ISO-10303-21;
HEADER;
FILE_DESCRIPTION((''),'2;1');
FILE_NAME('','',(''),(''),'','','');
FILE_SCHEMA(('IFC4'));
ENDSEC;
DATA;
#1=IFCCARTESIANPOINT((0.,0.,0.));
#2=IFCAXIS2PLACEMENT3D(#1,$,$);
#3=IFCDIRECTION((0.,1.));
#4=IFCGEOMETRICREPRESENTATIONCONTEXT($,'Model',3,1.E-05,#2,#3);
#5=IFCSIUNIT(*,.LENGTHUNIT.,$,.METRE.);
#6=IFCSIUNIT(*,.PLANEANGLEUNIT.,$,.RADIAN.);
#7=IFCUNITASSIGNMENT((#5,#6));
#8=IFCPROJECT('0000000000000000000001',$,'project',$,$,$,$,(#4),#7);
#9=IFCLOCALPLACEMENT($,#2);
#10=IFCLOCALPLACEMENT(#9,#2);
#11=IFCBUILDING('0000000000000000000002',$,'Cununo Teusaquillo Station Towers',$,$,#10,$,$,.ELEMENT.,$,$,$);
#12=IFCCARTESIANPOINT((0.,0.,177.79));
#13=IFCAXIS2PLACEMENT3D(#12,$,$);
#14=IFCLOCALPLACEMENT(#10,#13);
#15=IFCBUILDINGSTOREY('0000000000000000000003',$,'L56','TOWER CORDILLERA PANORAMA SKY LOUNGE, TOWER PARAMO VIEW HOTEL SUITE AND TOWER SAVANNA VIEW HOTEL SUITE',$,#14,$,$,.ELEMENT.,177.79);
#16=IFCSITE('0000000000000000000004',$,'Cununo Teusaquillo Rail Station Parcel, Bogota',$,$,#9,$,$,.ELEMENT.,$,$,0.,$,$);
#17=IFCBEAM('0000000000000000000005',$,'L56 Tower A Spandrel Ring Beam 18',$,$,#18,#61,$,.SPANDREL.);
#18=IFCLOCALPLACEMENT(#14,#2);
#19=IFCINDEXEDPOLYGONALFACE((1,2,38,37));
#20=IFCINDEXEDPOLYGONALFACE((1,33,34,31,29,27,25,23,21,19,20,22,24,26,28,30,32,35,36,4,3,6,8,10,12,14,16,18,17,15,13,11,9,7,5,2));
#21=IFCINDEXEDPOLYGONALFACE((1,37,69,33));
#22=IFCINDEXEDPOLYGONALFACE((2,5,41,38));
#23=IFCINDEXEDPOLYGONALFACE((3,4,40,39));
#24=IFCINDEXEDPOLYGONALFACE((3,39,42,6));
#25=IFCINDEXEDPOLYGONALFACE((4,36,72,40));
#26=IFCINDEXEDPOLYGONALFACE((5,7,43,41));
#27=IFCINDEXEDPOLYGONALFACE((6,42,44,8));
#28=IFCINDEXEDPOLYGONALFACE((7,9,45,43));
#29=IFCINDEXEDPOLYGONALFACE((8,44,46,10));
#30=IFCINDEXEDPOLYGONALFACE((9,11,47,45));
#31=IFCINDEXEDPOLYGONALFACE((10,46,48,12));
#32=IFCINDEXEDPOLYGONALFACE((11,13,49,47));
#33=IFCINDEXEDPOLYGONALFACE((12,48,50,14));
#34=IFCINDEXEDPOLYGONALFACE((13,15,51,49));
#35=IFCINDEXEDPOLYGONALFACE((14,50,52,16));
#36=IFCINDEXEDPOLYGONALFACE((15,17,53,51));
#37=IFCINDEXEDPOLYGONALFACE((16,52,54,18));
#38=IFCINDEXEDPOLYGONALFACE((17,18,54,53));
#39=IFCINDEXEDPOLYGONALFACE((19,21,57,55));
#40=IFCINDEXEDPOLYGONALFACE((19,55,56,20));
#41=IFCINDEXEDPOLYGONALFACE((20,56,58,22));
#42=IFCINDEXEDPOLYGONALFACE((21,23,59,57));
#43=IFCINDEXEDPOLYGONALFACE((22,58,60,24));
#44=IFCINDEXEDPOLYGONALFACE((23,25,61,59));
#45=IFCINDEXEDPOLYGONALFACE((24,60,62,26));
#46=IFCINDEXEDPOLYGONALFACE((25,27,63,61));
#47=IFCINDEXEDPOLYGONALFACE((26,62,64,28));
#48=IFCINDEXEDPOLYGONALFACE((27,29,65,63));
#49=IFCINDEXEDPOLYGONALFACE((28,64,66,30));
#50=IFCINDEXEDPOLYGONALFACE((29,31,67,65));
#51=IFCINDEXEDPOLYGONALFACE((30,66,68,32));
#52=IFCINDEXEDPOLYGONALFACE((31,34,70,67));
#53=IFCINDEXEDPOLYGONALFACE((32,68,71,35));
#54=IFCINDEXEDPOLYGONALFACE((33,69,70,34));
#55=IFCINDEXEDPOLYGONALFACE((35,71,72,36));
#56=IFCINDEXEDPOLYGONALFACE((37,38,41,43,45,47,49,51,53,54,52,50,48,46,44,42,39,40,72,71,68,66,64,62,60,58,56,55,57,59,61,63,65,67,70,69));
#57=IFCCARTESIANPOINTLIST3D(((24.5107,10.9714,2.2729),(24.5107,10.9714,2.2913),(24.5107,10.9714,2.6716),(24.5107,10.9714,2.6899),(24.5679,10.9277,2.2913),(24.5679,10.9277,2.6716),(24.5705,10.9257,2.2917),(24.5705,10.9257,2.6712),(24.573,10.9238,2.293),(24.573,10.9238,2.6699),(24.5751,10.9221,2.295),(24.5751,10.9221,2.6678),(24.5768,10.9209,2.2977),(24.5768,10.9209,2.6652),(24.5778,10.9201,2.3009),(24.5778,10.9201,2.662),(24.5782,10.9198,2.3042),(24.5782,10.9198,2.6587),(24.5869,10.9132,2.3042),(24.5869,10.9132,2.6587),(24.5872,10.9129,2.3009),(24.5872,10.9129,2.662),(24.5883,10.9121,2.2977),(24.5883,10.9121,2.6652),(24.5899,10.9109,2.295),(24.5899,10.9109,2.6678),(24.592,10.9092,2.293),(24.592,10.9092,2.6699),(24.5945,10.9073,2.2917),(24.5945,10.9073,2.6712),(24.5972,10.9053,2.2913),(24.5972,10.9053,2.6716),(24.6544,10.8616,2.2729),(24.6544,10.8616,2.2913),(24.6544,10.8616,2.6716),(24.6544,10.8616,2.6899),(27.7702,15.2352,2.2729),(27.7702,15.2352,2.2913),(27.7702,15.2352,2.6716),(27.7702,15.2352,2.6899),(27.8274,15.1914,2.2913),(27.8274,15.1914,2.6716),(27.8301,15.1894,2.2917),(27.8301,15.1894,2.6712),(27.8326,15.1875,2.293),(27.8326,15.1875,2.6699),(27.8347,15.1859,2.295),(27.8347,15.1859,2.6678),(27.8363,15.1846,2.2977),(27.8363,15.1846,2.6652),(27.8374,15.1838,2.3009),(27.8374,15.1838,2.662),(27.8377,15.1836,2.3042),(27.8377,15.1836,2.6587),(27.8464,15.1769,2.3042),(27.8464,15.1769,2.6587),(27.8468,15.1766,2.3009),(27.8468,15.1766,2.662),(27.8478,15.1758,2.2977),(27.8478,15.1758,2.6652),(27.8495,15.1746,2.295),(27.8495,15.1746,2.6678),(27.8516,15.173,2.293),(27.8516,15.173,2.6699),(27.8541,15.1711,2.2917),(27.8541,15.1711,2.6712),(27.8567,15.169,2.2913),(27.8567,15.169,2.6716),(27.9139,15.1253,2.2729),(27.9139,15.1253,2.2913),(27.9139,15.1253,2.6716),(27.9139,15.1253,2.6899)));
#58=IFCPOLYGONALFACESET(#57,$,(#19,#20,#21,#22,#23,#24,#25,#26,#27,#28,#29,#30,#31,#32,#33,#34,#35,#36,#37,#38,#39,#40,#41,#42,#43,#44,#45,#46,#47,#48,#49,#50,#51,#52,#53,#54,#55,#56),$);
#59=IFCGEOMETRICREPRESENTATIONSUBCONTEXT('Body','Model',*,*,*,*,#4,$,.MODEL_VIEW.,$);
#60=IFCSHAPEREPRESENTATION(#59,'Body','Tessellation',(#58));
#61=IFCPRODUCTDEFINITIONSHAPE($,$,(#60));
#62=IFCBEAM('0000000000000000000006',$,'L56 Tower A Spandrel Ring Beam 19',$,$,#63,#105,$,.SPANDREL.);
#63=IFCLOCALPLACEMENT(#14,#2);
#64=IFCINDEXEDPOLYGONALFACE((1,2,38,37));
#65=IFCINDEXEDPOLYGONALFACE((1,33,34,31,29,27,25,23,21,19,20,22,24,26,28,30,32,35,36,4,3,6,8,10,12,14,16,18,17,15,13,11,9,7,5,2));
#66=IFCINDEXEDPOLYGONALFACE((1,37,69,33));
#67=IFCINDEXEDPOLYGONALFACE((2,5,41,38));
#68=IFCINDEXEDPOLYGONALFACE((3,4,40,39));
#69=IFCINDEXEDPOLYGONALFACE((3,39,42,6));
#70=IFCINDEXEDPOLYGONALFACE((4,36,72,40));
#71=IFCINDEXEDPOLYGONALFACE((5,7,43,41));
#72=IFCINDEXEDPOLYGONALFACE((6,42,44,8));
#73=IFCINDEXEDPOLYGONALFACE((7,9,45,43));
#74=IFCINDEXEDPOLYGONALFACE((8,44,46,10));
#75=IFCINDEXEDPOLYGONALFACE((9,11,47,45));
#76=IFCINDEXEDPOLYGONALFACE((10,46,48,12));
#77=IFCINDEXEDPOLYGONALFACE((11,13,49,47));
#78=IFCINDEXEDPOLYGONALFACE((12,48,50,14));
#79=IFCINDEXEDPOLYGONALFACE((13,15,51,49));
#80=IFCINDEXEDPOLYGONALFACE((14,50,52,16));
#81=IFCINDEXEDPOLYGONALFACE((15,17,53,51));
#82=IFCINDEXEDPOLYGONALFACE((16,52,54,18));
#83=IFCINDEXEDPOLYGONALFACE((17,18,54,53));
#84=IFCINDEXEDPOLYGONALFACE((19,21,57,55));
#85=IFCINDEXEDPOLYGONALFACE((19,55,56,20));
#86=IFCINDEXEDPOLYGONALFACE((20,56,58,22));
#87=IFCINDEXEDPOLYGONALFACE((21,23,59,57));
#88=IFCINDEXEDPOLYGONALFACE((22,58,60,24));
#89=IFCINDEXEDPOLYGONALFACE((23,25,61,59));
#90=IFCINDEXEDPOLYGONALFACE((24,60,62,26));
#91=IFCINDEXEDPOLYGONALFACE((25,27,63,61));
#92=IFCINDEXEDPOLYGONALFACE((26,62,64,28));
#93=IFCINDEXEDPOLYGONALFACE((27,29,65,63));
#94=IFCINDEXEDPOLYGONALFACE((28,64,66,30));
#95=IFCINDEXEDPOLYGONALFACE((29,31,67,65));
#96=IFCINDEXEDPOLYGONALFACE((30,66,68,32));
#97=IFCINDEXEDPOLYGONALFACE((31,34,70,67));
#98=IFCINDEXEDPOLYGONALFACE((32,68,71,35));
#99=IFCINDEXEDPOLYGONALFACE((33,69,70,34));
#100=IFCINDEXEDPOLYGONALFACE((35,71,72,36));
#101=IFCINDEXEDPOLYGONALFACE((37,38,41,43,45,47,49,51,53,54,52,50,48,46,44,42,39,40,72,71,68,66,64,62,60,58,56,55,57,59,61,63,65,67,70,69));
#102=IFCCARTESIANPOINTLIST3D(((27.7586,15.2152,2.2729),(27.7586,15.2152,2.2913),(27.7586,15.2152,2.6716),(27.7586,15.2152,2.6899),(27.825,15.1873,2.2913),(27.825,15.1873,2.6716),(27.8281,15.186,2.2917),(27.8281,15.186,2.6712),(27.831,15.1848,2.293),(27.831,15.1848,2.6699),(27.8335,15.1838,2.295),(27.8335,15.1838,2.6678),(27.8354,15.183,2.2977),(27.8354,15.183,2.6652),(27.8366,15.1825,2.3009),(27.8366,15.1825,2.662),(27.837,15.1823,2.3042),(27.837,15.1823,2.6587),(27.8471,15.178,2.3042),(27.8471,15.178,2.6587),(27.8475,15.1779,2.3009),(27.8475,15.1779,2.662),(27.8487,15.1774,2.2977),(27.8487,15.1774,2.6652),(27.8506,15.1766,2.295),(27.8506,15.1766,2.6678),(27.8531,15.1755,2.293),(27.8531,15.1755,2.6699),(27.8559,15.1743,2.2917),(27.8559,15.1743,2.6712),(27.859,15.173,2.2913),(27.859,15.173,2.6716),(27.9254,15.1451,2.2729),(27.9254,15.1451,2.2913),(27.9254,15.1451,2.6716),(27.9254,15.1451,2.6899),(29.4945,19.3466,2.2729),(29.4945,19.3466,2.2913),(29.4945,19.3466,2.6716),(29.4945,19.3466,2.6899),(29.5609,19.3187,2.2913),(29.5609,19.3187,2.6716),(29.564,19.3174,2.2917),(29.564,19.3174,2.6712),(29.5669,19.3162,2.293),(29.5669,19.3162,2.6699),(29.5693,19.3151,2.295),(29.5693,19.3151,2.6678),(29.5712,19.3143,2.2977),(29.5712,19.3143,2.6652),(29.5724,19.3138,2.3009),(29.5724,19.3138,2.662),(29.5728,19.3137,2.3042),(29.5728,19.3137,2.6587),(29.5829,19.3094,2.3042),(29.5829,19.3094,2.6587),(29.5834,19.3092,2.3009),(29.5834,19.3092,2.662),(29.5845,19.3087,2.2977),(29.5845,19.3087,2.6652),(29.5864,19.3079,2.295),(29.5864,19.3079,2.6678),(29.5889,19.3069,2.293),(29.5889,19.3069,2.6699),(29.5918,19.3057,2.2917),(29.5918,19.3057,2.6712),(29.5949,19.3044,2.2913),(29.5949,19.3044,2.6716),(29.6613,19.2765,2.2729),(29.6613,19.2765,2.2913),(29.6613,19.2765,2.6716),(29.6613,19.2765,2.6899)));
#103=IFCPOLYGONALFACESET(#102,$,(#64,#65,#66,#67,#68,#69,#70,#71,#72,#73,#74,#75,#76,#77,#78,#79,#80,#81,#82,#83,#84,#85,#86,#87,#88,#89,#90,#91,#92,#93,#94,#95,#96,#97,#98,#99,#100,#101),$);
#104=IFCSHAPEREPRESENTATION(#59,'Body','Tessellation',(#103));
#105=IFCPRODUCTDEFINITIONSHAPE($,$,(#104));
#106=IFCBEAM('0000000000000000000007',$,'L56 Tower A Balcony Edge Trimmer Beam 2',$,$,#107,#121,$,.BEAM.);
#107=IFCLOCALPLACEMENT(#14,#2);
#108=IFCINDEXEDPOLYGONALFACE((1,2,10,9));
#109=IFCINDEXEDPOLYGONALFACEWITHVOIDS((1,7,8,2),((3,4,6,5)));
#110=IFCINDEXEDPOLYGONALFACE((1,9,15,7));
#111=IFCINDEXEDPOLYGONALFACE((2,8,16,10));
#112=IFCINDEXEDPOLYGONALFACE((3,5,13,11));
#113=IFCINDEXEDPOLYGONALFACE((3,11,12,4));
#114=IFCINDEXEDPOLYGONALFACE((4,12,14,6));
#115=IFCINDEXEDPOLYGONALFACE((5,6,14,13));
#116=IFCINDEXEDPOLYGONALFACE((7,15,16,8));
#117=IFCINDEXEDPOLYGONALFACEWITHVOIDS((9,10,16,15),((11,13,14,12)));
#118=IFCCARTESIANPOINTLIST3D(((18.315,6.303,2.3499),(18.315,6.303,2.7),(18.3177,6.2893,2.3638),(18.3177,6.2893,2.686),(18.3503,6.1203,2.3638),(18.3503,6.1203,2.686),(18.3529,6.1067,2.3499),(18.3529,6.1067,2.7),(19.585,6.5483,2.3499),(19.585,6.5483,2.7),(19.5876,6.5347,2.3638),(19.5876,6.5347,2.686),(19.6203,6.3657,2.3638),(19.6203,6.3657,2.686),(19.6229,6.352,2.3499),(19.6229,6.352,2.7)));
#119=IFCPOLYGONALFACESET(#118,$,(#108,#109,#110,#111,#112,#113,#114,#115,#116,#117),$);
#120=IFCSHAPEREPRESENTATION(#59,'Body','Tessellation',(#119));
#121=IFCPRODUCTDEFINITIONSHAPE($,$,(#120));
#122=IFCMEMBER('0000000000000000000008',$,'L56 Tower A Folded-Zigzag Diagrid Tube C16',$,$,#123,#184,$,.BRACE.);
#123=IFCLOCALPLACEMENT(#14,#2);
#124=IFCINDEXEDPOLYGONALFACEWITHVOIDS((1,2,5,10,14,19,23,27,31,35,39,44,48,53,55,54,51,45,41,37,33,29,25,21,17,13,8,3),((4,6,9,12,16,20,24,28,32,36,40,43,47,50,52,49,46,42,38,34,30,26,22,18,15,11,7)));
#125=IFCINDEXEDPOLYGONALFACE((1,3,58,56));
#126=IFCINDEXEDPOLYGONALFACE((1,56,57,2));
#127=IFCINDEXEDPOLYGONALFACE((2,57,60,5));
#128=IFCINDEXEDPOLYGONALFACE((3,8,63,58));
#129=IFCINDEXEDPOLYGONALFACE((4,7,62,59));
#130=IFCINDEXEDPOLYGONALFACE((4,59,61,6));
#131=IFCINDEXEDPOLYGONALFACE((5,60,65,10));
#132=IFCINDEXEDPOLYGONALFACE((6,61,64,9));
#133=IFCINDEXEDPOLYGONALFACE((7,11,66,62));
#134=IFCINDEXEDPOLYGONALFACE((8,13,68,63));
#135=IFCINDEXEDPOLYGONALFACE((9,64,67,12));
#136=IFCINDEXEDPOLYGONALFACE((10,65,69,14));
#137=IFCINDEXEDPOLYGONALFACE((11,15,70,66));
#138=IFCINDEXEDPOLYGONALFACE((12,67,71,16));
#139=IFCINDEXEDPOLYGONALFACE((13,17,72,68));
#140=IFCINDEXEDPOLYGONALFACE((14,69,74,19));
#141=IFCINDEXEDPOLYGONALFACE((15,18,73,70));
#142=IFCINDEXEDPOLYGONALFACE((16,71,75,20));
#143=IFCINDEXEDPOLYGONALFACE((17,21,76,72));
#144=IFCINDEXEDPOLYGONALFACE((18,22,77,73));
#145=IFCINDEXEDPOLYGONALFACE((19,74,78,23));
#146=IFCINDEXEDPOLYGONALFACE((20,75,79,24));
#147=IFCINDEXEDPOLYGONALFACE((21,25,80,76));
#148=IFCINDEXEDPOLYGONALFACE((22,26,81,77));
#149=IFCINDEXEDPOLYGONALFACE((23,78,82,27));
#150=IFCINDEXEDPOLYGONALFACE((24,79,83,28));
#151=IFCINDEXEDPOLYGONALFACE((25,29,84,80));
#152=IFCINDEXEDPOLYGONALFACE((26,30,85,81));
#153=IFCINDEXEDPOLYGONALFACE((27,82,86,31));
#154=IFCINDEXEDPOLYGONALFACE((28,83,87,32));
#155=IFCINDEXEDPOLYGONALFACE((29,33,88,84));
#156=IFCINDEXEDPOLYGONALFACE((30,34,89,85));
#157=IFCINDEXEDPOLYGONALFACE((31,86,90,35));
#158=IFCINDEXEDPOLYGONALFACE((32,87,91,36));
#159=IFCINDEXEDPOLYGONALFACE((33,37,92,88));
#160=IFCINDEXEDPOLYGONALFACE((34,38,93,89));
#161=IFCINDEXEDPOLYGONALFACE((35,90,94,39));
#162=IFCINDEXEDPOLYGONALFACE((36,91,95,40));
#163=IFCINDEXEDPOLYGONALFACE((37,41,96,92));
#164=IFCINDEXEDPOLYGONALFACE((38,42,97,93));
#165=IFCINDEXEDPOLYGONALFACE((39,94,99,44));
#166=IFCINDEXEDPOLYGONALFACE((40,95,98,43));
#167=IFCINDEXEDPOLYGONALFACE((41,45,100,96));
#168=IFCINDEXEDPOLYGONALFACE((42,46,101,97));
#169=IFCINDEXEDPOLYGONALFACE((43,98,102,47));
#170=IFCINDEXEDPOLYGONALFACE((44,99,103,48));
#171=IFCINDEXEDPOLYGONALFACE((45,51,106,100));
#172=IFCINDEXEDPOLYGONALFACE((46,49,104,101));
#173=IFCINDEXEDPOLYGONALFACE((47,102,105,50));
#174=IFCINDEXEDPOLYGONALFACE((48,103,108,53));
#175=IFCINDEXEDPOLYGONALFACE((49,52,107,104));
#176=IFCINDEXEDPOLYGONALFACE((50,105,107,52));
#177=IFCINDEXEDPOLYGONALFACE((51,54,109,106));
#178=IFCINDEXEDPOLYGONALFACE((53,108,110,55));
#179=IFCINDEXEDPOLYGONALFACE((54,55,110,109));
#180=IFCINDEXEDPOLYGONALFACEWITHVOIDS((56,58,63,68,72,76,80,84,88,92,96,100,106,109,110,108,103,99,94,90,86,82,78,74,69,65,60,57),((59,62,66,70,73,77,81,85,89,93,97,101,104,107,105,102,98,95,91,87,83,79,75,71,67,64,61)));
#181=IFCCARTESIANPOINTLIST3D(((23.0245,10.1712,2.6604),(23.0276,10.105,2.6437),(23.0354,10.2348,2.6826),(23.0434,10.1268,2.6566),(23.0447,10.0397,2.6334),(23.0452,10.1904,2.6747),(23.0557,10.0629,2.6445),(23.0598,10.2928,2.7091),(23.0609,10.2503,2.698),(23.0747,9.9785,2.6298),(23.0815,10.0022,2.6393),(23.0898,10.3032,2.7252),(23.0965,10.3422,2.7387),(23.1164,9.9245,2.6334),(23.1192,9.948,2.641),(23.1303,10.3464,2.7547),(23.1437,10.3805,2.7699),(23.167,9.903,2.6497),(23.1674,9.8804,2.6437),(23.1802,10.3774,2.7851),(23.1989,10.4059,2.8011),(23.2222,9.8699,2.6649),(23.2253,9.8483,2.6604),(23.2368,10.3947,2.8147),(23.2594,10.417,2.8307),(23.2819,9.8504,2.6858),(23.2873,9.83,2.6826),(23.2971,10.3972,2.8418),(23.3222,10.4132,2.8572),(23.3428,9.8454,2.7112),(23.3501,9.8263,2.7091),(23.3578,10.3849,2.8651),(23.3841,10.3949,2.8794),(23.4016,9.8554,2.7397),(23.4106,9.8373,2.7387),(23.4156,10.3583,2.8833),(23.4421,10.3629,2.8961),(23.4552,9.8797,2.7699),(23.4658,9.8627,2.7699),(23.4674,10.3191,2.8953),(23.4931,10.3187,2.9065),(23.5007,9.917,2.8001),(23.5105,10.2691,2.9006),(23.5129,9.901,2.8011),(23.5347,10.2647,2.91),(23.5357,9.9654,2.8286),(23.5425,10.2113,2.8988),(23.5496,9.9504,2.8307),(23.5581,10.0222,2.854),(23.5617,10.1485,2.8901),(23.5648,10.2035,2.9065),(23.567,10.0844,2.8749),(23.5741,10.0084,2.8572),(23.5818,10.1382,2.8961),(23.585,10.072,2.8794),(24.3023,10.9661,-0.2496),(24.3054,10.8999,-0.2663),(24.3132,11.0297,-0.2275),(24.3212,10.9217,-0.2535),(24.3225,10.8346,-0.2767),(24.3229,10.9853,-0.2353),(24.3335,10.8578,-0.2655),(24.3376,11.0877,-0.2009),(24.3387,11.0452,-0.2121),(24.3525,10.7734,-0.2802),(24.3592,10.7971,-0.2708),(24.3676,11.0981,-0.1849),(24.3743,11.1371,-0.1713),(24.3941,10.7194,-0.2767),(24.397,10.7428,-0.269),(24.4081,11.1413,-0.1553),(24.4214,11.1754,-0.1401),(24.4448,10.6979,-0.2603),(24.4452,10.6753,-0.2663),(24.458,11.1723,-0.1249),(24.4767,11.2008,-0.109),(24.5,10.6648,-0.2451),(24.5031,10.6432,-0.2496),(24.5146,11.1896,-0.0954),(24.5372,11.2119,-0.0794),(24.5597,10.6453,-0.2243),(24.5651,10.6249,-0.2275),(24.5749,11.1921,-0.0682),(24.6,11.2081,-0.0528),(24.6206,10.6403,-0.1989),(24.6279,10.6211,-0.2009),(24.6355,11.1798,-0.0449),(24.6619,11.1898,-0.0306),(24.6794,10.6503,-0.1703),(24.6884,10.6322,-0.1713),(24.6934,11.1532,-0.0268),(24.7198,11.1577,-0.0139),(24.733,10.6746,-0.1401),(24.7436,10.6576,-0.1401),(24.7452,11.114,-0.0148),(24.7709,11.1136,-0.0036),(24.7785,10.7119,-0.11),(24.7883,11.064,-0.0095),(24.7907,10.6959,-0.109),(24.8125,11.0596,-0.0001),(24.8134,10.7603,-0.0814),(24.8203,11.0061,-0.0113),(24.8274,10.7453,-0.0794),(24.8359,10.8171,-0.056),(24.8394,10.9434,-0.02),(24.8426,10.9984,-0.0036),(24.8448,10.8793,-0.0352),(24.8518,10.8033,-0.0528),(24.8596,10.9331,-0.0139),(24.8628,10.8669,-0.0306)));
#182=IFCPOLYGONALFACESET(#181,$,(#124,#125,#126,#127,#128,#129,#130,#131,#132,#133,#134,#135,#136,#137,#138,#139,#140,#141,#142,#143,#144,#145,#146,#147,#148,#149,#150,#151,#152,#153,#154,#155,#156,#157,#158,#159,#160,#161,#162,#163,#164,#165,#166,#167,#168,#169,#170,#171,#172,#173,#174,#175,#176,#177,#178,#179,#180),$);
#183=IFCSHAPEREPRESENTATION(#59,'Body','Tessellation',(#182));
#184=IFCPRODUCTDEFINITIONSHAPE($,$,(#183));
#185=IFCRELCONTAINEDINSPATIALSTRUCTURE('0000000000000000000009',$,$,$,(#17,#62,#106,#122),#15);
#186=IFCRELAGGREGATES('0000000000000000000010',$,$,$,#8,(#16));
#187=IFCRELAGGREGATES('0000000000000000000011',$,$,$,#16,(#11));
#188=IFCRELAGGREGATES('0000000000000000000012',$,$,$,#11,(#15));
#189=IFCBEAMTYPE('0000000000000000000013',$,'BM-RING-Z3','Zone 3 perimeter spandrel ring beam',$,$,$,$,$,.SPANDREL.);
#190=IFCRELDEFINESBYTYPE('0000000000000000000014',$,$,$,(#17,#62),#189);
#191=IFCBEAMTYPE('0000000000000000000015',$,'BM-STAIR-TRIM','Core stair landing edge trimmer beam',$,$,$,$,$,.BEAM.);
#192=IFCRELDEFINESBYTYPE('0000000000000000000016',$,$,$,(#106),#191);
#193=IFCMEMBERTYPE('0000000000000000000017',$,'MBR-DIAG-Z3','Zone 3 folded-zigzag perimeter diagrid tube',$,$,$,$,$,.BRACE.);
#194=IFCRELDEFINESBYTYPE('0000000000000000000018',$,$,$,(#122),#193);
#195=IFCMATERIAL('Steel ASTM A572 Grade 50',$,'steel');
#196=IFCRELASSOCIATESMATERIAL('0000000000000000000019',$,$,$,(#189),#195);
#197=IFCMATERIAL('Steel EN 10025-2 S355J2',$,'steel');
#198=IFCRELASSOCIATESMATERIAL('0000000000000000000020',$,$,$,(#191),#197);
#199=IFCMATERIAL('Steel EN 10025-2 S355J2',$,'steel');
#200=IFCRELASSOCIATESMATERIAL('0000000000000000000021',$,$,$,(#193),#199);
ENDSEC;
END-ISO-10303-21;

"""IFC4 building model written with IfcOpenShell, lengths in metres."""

from ifc_helpers import new_model, si_unit, direction, frame, origin, origin_2d, place, context, subcontext, project, spatial, hollow_rectangle, hollow_circle, i_section, extrude, material, material_profile, profile_set, type_object, element, save


model = new_model("IFC4")

# Units and contexts
model_context = context("Model", 3, precision=1e-05, world=origin(), true_north=direction((0.0, 1.0)))
body_context = subcontext(model_context, "Body", "Model", "MODEL_VIEW")
ifc_project = project(units=[si_unit("LENGTHUNIT", "METRE"), si_unit("PLANEANGLEUNIT", "RADIAN")], contexts=[model_context])

# Site, building, storey
site_placement = place(None, origin())
site = spatial("IfcSite", under=ifc_project, at=site_placement, Name="Cununo Teusaquillo Rail Station Parcel, Bogota", CompositionType="ELEMENT", RefElevation=0.0)
building_placement = place(site_placement, origin())
building = spatial("IfcBuilding", under=site, at=building_placement, Name="Cununo Teusaquillo Station Towers", CompositionType="ELEMENT")
storey_placement = place(building_placement, frame((0.0, 0.0, 177.79)))
storey = spatial("IfcBuildingStorey", under=building, at=storey_placement, Name="L56", Description="TOWER CORDILLERA PANORAMA SKY LOUNGE, TOWER PARAMO VIEW HOTEL SUITE AND TOWER SAVANNA VIEW HOTEL SUITE", CompositionType="ELEMENT", Elevation=177.79)

# Beams
ifc_material_1 = material(Name="Steel ASTM A572 Grade 50", Category="steel")
ifc_material_profile_1 = material_profile(ifc_material_1, i_section(OverallWidth=0.1809, OverallDepth=0.417, WebThickness=0.011, FlangeThickness=0.0183, FilletRadius=0.0129, at=origin_2d()), Name="W16X57")
ifc_profile_set_1 = profile_set([ifc_material_profile_1], Name="Steel ASTM A572 Grade 50")
beam_type_1 = type_object("IfcBeamType", Name="BM-RING-Z3", Description="Zone 3 perimeter spandrel ring beam", PredefinedType="SPANDREL", material=ifc_profile_set_1)
beam_1_placement = place(storey_placement, frame((24.5825, 10.9165, 2.4814), z_axis=(0.60734, 0.794442, 0.0), x_axis=(-0.794442, 0.60734, 0.0)))
element("IfcBeam", 1, at=beam_1_placement, inside=storey, type_object=beam_type_1, Name="L56 Tower A Spandrel Ring Beam 18", PredefinedType="SPANDREL", context=body_context, shape_type="SweptSolid", body=[
    extrude(i_section(OverallWidth=0.1809, OverallDepth=0.417, WebThickness=0.011, FlangeThickness=0.0183, FilletRadius=0.0129, at=origin_2d()), origin(), (0.0, 0.0, 1.0), 5.3669),
])
beam_2_placement = place(storey_placement, frame((27.842, 15.1802, 2.4814), z_axis=(0.38736, 0.921928, 0.0), x_axis=(-0.921928, 0.38736, 0.0)))
element("IfcBeam", 2, at=beam_2_placement, inside=storey, type_object=beam_type_1, Name="L56 Tower A Spandrel Ring Beam 19", PredefinedType="SPANDREL", context=body_context, shape_type="SweptSolid", body=[
    extrude(i_section(OverallWidth=0.1809, OverallDepth=0.417, WebThickness=0.011, FlangeThickness=0.0183, FilletRadius=0.0129, at=origin_2d()), origin(), (0.0, 0.0, 1.0), 4.4812),
])
ifc_material_2 = material(Name="Steel EN 10025-2 S355J2", Category="steel")
ifc_material_profile_2 = material_profile(ifc_material_2, hollow_rectangle(XDim=0.2, YDim=0.3501, WallThickness=0.0139, at=origin_2d()), Name="RHS 350x200x14")
ifc_profile_set_2 = profile_set([ifc_material_profile_2], Name="Steel EN 10025-2 S355J2")
beam_type_2 = type_object("IfcBeamType", Name="BM-STAIR-TRIM", Description="Core stair landing edge trimmer beam", PredefinedType="BEAM", material=ifc_profile_set_2)
beam_3_placement = place(storey_placement, frame((18.334, 6.2048, 2.5249), z_axis=(0.981845, 0.189687, 0.0), x_axis=(-0.189687, 0.981845, 0.0)))
element("IfcBeam", 3, at=beam_3_placement, inside=storey, type_object=beam_type_2, Name="L56 Tower A Balcony Edge Trimmer Beam 2", PredefinedType="BEAM", context=body_context, shape_type="SweptSolid", body=[
    extrude(hollow_rectangle(XDim=0.2, YDim=0.3501, WallThickness=0.0139, at=origin_2d()), origin(), (0.0, 0.0, 1.0), 1.2935),
])

# Member
ifc_material_3 = material(Name="Steel EN 10025-2 S355J2", Category="steel")
ifc_material_profile_3 = material_profile(ifc_material_3, hollow_circle(Radius=0.3049, WallThickness=0.02, at=origin_2d()), Name="CHS 610x20")
ifc_profile_set_3 = profile_set([ifc_material_profile_3], Name="Steel EN 10025-2 S355J2")
member_type = type_object("IfcMemberType", Name="MBR-DIAG-Z3", Description="Zone 3 folded-zigzag perimeter diagrid tube", PredefinedType="BRACE", material=ifc_profile_set_3)
member_1_placement = place(storey_placement, frame((24.5825, 10.9165, -0.1401), z_axis=(-0.39003, -0.242632, 0.88826), x_axis=(0.528219, -0.849108, 0.0)))
element("IfcMember", 4, at=member_1_placement, inside=storey, type_object=member_type, Name="L56 Tower A Folded-Zigzag Diagrid Tube C16", PredefinedType="BRACE", context=body_context, shape_type="SweptSolid", body=[
    extrude(hollow_circle(Radius=0.3049, WallThickness=0.02, at=origin_2d()), origin(), (0.0, 0.0, 1.0), 3.2761),
])

save(model, "model.ifc")
